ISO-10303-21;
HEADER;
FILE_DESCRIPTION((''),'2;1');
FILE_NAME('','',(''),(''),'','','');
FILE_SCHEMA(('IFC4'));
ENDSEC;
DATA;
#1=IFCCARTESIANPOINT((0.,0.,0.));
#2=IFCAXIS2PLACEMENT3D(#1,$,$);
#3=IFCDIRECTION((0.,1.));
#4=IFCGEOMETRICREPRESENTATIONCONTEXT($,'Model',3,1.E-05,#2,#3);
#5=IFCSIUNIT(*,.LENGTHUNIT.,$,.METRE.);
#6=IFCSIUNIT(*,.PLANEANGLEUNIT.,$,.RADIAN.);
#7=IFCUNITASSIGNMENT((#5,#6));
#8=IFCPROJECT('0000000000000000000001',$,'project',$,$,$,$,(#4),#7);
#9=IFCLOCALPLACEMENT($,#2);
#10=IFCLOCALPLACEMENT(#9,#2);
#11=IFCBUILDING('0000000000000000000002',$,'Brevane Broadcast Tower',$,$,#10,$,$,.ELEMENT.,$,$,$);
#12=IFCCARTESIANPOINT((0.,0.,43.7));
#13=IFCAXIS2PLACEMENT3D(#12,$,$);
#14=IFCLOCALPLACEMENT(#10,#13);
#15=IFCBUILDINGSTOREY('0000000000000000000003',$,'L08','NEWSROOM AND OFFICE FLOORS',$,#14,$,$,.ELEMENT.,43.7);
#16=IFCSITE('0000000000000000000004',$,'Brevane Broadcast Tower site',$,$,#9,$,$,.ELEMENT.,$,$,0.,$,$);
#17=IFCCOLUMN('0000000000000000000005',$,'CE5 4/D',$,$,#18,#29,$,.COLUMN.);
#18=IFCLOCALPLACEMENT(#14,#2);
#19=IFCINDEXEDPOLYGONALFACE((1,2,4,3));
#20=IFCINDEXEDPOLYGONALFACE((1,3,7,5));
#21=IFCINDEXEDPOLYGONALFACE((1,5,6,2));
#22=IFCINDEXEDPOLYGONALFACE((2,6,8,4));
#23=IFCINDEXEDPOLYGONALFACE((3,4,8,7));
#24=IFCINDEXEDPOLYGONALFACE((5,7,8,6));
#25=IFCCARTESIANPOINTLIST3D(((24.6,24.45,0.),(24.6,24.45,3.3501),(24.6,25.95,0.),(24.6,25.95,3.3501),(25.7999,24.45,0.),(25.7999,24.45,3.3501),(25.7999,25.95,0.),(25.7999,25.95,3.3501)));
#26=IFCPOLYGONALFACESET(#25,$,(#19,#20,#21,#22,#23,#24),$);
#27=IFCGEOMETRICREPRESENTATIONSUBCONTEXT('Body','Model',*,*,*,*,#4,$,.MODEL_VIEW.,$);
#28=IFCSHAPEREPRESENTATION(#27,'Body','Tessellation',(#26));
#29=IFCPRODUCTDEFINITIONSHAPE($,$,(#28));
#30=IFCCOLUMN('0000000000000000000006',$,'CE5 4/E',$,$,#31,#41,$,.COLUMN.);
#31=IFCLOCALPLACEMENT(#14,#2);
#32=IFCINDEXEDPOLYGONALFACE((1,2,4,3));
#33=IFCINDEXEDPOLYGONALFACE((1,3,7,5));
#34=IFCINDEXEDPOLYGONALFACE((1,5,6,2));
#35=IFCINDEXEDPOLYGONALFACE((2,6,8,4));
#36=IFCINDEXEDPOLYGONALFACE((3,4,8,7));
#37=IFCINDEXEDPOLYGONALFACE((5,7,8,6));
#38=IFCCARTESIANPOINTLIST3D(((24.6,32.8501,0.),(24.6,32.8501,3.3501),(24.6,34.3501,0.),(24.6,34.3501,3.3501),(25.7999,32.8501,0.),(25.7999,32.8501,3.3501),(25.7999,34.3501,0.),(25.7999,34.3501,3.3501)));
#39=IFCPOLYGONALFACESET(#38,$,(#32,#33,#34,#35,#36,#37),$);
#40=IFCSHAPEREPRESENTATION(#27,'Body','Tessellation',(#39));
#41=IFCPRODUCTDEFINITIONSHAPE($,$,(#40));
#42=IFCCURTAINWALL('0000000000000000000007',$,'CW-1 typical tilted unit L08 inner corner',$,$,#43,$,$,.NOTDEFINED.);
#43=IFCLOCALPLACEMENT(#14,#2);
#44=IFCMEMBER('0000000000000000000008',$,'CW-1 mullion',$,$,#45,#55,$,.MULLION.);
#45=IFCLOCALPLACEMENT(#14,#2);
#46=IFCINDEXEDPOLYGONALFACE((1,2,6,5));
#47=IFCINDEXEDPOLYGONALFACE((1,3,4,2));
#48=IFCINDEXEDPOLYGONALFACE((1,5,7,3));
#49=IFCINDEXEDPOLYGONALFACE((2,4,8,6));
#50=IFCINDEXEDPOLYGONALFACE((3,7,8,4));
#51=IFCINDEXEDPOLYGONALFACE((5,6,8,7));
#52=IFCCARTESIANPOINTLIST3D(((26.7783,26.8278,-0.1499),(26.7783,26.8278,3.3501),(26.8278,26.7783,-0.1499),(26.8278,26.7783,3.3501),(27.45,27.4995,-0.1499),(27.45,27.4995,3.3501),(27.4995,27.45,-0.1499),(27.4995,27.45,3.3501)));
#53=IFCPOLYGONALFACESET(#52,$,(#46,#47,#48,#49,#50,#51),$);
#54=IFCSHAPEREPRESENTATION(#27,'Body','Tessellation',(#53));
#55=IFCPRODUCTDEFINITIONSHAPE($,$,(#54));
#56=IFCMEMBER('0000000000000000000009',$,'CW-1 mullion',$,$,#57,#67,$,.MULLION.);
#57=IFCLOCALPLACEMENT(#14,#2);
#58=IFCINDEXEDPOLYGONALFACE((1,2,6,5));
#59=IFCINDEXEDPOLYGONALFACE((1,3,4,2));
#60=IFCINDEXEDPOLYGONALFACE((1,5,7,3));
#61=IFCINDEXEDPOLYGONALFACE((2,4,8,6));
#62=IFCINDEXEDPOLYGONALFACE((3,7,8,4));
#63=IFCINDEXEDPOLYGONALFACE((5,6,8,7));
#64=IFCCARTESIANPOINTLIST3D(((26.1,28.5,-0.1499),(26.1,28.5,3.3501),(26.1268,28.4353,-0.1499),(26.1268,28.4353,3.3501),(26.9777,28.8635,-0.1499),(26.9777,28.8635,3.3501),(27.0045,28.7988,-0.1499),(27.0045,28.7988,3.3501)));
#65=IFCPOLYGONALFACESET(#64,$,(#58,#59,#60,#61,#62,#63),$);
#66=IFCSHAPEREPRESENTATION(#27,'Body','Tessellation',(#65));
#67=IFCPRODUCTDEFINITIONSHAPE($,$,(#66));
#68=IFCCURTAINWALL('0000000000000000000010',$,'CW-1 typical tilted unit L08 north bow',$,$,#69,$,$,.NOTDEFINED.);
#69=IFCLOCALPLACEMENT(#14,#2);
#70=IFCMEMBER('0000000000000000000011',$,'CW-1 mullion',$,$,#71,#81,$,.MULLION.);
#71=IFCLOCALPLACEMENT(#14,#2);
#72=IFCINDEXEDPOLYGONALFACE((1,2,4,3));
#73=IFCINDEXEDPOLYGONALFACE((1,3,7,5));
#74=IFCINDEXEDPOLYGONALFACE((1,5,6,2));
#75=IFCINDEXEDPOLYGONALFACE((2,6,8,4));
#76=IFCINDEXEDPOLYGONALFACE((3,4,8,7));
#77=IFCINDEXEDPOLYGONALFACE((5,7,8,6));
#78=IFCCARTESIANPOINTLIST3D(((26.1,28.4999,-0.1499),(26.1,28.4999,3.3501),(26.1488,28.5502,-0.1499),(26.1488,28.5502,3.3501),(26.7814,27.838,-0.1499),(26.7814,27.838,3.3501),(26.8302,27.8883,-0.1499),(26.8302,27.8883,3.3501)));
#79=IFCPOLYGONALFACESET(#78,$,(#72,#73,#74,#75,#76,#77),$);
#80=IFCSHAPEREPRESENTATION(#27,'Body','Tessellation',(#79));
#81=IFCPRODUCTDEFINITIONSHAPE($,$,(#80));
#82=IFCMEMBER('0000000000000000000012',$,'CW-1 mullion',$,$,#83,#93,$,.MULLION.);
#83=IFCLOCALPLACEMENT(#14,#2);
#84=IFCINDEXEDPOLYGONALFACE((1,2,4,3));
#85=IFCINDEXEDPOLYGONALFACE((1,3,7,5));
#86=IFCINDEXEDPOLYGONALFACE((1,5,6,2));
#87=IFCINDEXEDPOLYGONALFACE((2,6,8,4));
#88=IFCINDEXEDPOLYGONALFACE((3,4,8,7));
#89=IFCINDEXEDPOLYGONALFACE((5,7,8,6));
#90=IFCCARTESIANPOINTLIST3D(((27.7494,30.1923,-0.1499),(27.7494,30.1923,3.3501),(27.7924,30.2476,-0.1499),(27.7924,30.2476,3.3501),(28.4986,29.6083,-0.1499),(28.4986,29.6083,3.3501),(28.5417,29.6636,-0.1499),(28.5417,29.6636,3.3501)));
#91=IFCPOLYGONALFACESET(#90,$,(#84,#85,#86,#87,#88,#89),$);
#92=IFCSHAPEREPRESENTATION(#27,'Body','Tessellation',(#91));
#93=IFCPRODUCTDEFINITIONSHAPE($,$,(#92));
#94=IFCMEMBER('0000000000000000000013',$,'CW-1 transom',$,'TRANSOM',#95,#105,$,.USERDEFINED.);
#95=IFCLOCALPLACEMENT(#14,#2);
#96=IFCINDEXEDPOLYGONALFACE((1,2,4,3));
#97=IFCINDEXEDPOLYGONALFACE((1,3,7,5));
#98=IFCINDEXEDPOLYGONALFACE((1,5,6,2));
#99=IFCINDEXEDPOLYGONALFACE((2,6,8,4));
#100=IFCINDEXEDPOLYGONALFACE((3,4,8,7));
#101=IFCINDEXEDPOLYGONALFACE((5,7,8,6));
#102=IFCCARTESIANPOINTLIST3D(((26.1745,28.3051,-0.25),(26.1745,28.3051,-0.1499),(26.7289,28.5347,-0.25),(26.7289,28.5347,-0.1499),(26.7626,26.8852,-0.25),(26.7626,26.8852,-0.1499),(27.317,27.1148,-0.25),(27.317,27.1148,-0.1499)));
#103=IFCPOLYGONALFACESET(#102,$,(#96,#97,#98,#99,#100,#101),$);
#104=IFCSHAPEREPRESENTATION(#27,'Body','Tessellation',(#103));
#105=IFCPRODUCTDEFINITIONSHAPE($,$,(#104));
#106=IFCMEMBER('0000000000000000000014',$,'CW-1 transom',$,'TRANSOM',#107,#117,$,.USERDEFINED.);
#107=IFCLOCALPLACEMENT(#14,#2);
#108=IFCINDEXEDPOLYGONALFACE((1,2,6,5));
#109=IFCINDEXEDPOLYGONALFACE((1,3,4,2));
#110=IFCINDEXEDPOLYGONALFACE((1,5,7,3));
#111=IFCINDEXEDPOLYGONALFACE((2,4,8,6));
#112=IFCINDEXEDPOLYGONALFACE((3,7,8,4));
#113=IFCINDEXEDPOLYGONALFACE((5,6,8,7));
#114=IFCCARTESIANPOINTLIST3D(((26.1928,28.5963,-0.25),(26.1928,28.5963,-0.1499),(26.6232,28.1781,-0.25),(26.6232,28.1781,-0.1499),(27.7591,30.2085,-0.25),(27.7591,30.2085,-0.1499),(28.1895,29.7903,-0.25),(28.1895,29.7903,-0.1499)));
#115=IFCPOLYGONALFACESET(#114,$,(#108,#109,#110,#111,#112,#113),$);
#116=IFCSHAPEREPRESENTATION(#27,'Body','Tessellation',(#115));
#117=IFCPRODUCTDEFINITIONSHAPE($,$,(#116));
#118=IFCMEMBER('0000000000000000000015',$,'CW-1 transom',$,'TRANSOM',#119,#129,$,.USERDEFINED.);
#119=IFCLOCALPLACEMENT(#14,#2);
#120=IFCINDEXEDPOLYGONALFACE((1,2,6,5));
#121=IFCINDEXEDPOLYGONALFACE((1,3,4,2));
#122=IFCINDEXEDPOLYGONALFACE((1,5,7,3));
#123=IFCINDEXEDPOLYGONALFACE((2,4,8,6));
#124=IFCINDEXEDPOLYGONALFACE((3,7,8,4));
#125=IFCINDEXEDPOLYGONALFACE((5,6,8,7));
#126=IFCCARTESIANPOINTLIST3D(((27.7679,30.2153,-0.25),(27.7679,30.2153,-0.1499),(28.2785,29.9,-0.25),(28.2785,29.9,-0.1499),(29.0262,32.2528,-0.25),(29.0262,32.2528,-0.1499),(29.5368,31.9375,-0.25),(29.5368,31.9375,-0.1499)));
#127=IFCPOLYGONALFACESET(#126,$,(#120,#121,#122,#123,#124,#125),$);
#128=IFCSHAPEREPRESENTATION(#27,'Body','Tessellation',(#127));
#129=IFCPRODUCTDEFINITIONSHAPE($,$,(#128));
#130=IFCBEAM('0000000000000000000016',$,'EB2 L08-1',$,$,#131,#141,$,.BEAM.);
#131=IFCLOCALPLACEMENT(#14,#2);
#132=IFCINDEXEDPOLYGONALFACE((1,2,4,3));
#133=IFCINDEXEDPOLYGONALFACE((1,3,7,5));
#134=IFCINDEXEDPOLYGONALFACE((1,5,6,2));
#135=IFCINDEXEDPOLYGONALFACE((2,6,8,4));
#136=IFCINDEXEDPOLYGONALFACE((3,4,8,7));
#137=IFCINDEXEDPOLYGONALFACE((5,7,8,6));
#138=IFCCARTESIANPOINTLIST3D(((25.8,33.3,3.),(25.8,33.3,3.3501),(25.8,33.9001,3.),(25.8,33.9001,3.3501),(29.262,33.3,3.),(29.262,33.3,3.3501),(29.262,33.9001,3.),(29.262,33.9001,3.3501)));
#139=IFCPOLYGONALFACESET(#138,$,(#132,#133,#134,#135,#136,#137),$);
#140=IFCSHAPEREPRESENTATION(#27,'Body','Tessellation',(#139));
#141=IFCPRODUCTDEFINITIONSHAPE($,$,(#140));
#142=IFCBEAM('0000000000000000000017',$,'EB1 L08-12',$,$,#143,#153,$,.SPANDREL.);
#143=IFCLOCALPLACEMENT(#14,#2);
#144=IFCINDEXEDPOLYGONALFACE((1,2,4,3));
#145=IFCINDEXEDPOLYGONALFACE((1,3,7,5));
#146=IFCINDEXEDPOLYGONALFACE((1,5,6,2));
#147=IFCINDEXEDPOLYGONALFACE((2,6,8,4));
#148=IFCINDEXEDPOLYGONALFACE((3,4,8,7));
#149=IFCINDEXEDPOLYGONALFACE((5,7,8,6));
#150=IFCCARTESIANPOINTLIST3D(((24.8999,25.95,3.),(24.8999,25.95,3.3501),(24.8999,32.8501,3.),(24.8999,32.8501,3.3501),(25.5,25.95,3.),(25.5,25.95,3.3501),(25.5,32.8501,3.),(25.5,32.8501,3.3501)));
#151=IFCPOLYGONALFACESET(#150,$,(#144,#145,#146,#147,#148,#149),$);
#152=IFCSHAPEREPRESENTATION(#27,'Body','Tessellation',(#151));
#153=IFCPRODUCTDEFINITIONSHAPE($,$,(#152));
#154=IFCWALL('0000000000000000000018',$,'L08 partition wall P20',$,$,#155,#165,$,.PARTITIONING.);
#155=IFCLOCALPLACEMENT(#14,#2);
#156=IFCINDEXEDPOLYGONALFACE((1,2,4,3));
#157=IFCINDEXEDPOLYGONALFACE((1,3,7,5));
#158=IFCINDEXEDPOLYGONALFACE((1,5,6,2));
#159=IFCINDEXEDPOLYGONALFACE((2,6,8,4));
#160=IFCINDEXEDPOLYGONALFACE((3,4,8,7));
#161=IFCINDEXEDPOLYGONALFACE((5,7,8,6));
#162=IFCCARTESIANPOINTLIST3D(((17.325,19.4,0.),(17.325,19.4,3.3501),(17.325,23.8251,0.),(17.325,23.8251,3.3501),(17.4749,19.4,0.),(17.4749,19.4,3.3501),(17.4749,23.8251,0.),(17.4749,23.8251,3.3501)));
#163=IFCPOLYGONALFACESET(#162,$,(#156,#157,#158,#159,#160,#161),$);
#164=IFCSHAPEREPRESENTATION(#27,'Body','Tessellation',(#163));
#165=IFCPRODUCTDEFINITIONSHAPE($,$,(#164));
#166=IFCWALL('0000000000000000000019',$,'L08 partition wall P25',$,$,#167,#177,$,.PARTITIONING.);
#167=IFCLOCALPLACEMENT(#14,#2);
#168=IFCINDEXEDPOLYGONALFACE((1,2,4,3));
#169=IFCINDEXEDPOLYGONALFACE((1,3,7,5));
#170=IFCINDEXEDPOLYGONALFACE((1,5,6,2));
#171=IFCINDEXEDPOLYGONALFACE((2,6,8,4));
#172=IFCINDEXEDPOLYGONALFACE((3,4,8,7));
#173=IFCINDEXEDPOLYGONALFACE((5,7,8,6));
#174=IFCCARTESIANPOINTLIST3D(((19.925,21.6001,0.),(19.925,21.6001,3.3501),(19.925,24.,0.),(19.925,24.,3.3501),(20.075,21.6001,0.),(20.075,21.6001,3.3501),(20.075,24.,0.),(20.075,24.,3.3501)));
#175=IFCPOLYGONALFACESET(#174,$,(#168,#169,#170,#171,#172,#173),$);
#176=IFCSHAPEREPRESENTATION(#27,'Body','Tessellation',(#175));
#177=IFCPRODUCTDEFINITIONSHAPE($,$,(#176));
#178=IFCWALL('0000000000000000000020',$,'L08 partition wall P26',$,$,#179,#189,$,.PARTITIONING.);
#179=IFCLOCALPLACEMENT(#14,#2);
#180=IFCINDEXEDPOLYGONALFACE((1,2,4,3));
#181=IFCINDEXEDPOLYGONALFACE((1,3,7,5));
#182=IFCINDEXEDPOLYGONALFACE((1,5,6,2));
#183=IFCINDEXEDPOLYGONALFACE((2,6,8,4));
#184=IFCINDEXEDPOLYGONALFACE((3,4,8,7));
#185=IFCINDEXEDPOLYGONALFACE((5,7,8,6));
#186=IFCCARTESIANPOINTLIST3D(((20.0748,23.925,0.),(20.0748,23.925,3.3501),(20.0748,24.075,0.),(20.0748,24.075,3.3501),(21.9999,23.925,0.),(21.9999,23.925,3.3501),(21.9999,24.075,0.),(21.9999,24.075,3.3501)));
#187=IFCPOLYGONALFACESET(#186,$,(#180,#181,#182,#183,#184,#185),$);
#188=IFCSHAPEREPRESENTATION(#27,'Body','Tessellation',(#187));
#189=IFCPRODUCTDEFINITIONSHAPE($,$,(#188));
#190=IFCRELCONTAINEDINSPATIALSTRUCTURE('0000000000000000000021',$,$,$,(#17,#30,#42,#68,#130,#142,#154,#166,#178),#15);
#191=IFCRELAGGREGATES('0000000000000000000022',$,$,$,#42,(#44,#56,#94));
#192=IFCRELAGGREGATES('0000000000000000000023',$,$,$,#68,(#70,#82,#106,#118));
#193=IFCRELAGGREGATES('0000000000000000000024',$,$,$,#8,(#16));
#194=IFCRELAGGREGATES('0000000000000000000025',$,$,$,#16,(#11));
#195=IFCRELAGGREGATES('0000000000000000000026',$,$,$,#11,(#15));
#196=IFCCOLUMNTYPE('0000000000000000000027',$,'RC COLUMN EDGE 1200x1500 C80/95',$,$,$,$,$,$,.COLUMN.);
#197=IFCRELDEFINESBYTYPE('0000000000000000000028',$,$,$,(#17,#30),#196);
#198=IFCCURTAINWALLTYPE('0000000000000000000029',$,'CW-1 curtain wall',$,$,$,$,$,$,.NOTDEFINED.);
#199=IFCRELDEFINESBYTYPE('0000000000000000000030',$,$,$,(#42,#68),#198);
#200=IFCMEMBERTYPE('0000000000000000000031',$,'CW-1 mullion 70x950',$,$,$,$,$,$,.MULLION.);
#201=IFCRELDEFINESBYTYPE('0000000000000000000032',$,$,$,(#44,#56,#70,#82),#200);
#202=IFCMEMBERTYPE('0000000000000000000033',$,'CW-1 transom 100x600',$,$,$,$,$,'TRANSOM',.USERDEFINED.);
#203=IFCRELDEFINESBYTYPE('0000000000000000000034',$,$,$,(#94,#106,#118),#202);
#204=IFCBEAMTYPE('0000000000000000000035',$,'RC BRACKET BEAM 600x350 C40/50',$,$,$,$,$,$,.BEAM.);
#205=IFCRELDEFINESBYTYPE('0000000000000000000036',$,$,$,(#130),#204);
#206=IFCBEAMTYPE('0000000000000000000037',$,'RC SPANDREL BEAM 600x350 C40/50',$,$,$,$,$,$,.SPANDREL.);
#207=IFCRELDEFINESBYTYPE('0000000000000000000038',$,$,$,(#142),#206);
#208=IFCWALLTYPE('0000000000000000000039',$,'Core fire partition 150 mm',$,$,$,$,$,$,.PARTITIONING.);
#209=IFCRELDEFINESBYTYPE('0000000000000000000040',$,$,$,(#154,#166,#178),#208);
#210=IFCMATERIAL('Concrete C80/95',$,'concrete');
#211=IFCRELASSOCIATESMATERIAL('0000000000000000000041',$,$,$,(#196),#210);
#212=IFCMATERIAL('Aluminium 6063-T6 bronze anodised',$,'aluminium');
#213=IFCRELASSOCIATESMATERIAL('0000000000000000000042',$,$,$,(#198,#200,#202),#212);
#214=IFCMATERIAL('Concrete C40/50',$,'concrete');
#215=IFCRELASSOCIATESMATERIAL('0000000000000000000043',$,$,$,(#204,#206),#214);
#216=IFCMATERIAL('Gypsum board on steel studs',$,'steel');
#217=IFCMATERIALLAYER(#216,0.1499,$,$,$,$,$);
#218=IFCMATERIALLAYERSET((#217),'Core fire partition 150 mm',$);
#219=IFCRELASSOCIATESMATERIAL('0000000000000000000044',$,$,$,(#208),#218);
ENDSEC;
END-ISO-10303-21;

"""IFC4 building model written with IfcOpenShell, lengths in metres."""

from ifc_helpers import new_model, si_unit, direction, frame, frame_2d, origin, origin_2d, place, context, subcontext, project, spatial, rectangle, extrude, material, layer, layer_set, material_profile, profile_set, type_object, element, aggregate, save


model = new_model("IFC4")

# Units and contexts
model_context = context("Model", 3, precision=1e-05, world=origin(), true_north=direction((0.0, 1.0)))
body_context = subcontext(model_context, "Body", "Model", "MODEL_VIEW")
ifc_project = project(units=[si_unit("LENGTHUNIT", "METRE"), si_unit("PLANEANGLEUNIT", "RADIAN")], contexts=[model_context])

# Site, building, storey
site_placement = place(None, origin())
site = spatial("IfcSite", under=ifc_project, at=site_placement, Name="Brevane Broadcast Tower site", CompositionType="ELEMENT", RefElevation=0.0)
building_placement = place(site_placement, origin())
building = spatial("IfcBuilding", under=site, at=building_placement, Name="Brevane Broadcast Tower", CompositionType="ELEMENT")
storey_placement = place(building_placement, frame((0.0, 0.0, 43.7)))
storey = spatial("IfcBuildingStorey", under=building, at=storey_placement, Name="L08", Description="NEWSROOM AND OFFICE FLOORS", CompositionType="ELEMENT", Elevation=43.7)

# Columns
ifc_material_1 = material(Name="Concrete C80/95", Category="concrete")
ifc_material_profile_1 = material_profile(ifc_material_1, rectangle(XDim=1.2, YDim=1.5, at=origin_2d()), Name="RC 1200x1500")
ifc_profile_set_1 = profile_set([ifc_material_profile_1], Name="Concrete C80/95")
column_type = type_object("IfcColumnType", Name="RC COLUMN EDGE 1200x1500 C80/95", PredefinedType="COLUMN", material=ifc_profile_set_1)
for number, where, z_axis, x_axis, name in (
    (1, (25.2, 25.2, 0.0), (0.0, 0.0, 1.0), (1.0, 0.0, 0.0), "CE5 4/D"),
    (2, (25.2, 33.6001, 0.0), (0.0, 0.0, 1.0), (1.0, 0.0, 0.0), "CE5 4/E"),
):
    element("IfcColumn", number, at=place(storey_placement, frame(where, z_axis=z_axis, x_axis=x_axis)), inside=storey, type_object=column_type, Name=name, PredefinedType="COLUMN", context=body_context, shape_type="SweptSolid", body=[
        extrude(rectangle(XDim=1.2, YDim=1.5, at=origin_2d()), origin(), (0.0, 0.0, 1.0), 3.3501),
    ])

# Curtain walls, members
ifc_material_2 = material(Name="Aluminium 6063-T6 bronze anodised", Category="aluminium")
curtain_wall_type = type_object("IfcCurtainWallType", Name="CW-1 curtain wall", PredefinedType="NOTDEFINED", material=ifc_material_2)
curtain_wall_1_placement = place(storey_placement, origin())
curtain_wall_1 = element("IfcCurtainWall", 3, at=curtain_wall_1_placement, inside=storey, type_object=curtain_wall_type, Name="CW-1 typical tilted unit L08 inner corner", PredefinedType="NOTDEFINED")
ifc_material_profile_2 = material_profile(ifc_material_2, rectangle(XDim=0.95, YDim=0.0701, at=origin_2d()), Name="RECT 70x950")
ifc_profile_set_2 = profile_set([ifc_material_profile_2], Name="Aluminium 6063-T6 bronze anodised")
member_type_1 = type_object("IfcMemberType", Name="CW-1 mullion 70x950", PredefinedType="MULLION", material=ifc_profile_set_2)
member_1_placement = place(storey_placement, frame((27.1389, 27.1389, -0.1499), z_axis=(0.0, 0.0, 1.0), x_axis=(-0.707107, -0.707107, 0.0)))
member_1 = element("IfcMember", 4, at=member_1_placement, type_object=member_type_1, Name="CW-1 mullion", PredefinedType="MULLION", context=body_context, shape_type="SweptSolid", body=[
    extrude(rectangle(XDim=0.95, YDim=0.0701, at=origin_2d()), origin(), (0.0, 0.0, 1.0), 3.5),
])
member_2_placement = place(storey_placement, frame((26.5522, 28.6494, -0.1499), z_axis=(0.0, 0.0, 1.0), x_axis=(-0.923879, -0.382684, 0.0)))
member_2 = element("IfcMember", 5, at=member_2_placement, type_object=member_type_1, Name="CW-1 mullion", PredefinedType="MULLION", context=body_context, shape_type="SweptSolid", body=[
    extrude(rectangle(XDim=0.95, YDim=0.0701, at=origin_2d()), origin(), (0.0, 0.0, 1.0), 3.5),
])
curtain_wall_2_placement = place(storey_placement, origin())
curtain_wall_2 = element("IfcCurtainWall", 6, at=curtain_wall_2_placement, inside=storey, type_object=curtain_wall_type, Name="CW-1 typical tilted unit L08 north bow", PredefinedType="NOTDEFINED")
member_3_placement = place(storey_placement, frame((26.4651, 28.1941, -0.1499), z_axis=(0.0, 0.0, 1.0), x_axis=(-0.717254, 0.696812, 0.0)))
member_3 = element("IfcMember", 7, at=member_3_placement, type_object=member_type_1, Name="CW-1 mullion", PredefinedType="MULLION", context=body_context, shape_type="SweptSolid", body=[
    extrude(rectangle(XDim=0.95, YDim=0.0701, at=origin_2d()), origin(), (0.0, 0.0, 1.0), 3.5),
])
member_4_placement = place(storey_placement, frame((28.1455, 29.928, -0.1499), z_axis=(0.0, 0.0, 1.0), x_axis=(-0.788707, 0.61477, 0.0)))
member_4 = element("IfcMember", 8, at=member_4_placement, type_object=member_type_1, Name="CW-1 mullion", PredefinedType="MULLION", context=body_context, shape_type="SweptSolid", body=[
    extrude(rectangle(XDim=0.95, YDim=0.0701, at=origin_2d()), origin(), (0.0, 0.0, 1.0), 3.5),
])

# Members
ifc_material_profile_3 = material_profile(ifc_material_2, rectangle(XDim=0.6001, YDim=0.1001, at=origin_2d()), Name="RECT 100x600")
ifc_profile_set_3 = profile_set([ifc_material_profile_3], Name="Aluminium 6063-T6 bronze anodised")
member_type_2 = type_object("IfcMemberType", Name="CW-1 transom 100x600", ElementType="TRANSOM", PredefinedType="USERDEFINED", material=ifc_profile_set_3)
member_5_placement = place(storey_placement, frame((27.0398, 27.0, -0.2), z_axis=(-0.382674, 0.923883, 0.0), x_axis=(-0.923883, -0.382674, 0.0)))
member_5 = element("IfcMember", 9, at=member_5_placement, type_object=member_type_2, Name="CW-1 transom", ObjectType="TRANSOM", PredefinedType="USERDEFINED", context=body_context, shape_type="SweptSolid", body=[
    extrude(rectangle(XDim=0.6001, YDim=0.1001, at=origin_2d()), origin(), (0.0, 0.0, 1.0), 1.5369),
])
aggregate(curtain_wall_1, [member_1, member_2, member_5])
member_6_placement = place(storey_placement, frame((26.408, 28.3872, -0.2), z_axis=(0.696824, 0.717242, 0.0), x_axis=(-0.717242, 0.696824, 0.0)))
member_6 = element("IfcMember", 10, at=member_6_placement, type_object=member_type_2, Name="CW-1 transom", ObjectType="TRANSOM", PredefinedType="USERDEFINED", context=body_context, shape_type="SweptSolid", body=[
    extrude(rectangle(XDim=0.6001, YDim=0.1001, at=origin_2d()), origin(), (0.0, 0.0, 1.0), 2.2478),
])
member_7_placement = place(storey_placement, frame((28.0232, 30.0576, -0.2), z_axis=(0.525428, 0.850838, 0.0), x_axis=(-0.850838, 0.525428, 0.0)))
member_7 = element("IfcMember", 11, at=member_7_placement, type_object=member_type_2, Name="CW-1 transom", ObjectType="TRANSOM", PredefinedType="USERDEFINED", context=body_context, shape_type="SweptSolid", body=[
    extrude(rectangle(XDim=0.6001, YDim=0.1001, at=origin_2d()), origin(), (0.0, 0.0, 1.0), 2.3948),
])
aggregate(curtain_wall_2, [member_3, member_4, member_6, member_7])

# Beams
ifc_material_3 = material(Name="Concrete C40/50", Category="concrete")
ifc_material_profile_4 = material_profile(ifc_material_3, rectangle(XDim=0.6001, YDim=0.3501, at=origin_2d()), Name="RC 600x350")
ifc_profile_set_4 = profile_set([ifc_material_profile_4], Name="Concrete C40/50")
beam_type_1 = type_object("IfcBeamType", Name="RC BRACKET BEAM 600x350 C40/50", PredefinedType="BEAM", material=ifc_profile_set_4)
beam_1_placement = place(storey_placement, frame((25.8, 33.6001, 3.175), z_axis=(1.0, 0.0, 0.0), x_axis=(0.0, 1.0, 0.0)))
element("IfcBeam", 12, at=beam_1_placement, inside=storey, type_object=beam_type_1, Name="EB2 L08-1", PredefinedType="BEAM", context=body_context, shape_type="SweptSolid", body=[
    extrude(rectangle(XDim=0.6001, YDim=0.3501, at=origin_2d()), origin(), (0.0, 0.0, 1.0), 3.4619),
])
ifc_material_profile_5 = material_profile(ifc_material_3, rectangle(XDim=0.6001, YDim=0.3501, at=origin_2d()), Name="RC 600x350")
ifc_profile_set_5 = profile_set([ifc_material_profile_5], Name="Concrete C40/50")
beam_type_2 = type_object("IfcBeamType", Name="RC SPANDREL BEAM 600x350 C40/50", PredefinedType="SPANDREL", material=ifc_profile_set_5)
beam_2_placement = place(storey_placement, frame((25.2, 25.95, 3.175), z_axis=(0.0, 1.0, 0.0), x_axis=(-1.0, 0.0, 0.0)))
element("IfcBeam", 13, at=beam_2_placement, inside=storey, type_object=beam_type_2, Name="EB1 L08-12", PredefinedType="SPANDREL", context=body_context, shape_type="SweptSolid", body=[
    extrude(rectangle(XDim=0.6001, YDim=0.3501, at=origin_2d()), origin(), (0.0, 0.0, 1.0), 6.9001),
])

# Walls
ifc_material_4 = material(Name="Gypsum board on steel studs", Category="steel")
ifc_layer_1 = layer(ifc_material_4, 0.1499)
ifc_layer_set_1 = layer_set([ifc_layer_1], Name="Core fire partition 150 mm")
wall_type_1 = type_object("IfcWallType", Name="Core fire partition 150 mm", PredefinedType="PARTITIONING", material=ifc_layer_set_1)
wall_1_placement = place(storey_placement, frame((17.3999, 23.825, 0.0), z_axis=(0.0, 0.0, 1.0), x_axis=(0.0, -1.0, 0.0)))
element("IfcWall", 14, at=wall_1_placement, inside=storey, type_object=wall_type_1, Name="L08 partition wall P20", PredefinedType="PARTITIONING", context=body_context, shape_type="SweptSolid", body=[
    extrude(rectangle(XDim=4.425, YDim=0.1499, at=frame_2d((2.2124, 0.0))), origin(), (0.0, 0.0, 1.0), 3.3501),
])
wall_2_placement = place(storey_placement, frame((20.0, 21.6001, 0.0), z_axis=(0.0, 0.0, 1.0), x_axis=(0.0, 1.0, 0.0)))
element("IfcWall", 15, at=wall_2_placement, inside=storey, type_object=wall_type_1, Name="L08 partition wall P25", PredefinedType="PARTITIONING", context=body_context, shape_type="SweptSolid", body=[
    extrude(rectangle(XDim=2.3999, YDim=0.1499, at=frame_2d((1.2, 0.0))), origin(), (0.0, 0.0, 1.0), 3.3501),
])
wall_3_placement = place(storey_placement, frame((20.075, 24.0, 0.0), z_axis=(0.0, 0.0, 1.0), x_axis=(1.0, 0.0, 0.0)))
element("IfcWall", 16, at=wall_3_placement, inside=storey, type_object=wall_type_1, Name="L08 partition wall P26", PredefinedType="PARTITIONING", context=body_context, shape_type="SweptSolid", body=[
    extrude(rectangle(XDim=1.925, YDim=0.1499, at=frame_2d((0.9624, 0.0))), origin(), (0.0, 0.0, 1.0), 3.3501),
])

save(model, "model.ifc")
